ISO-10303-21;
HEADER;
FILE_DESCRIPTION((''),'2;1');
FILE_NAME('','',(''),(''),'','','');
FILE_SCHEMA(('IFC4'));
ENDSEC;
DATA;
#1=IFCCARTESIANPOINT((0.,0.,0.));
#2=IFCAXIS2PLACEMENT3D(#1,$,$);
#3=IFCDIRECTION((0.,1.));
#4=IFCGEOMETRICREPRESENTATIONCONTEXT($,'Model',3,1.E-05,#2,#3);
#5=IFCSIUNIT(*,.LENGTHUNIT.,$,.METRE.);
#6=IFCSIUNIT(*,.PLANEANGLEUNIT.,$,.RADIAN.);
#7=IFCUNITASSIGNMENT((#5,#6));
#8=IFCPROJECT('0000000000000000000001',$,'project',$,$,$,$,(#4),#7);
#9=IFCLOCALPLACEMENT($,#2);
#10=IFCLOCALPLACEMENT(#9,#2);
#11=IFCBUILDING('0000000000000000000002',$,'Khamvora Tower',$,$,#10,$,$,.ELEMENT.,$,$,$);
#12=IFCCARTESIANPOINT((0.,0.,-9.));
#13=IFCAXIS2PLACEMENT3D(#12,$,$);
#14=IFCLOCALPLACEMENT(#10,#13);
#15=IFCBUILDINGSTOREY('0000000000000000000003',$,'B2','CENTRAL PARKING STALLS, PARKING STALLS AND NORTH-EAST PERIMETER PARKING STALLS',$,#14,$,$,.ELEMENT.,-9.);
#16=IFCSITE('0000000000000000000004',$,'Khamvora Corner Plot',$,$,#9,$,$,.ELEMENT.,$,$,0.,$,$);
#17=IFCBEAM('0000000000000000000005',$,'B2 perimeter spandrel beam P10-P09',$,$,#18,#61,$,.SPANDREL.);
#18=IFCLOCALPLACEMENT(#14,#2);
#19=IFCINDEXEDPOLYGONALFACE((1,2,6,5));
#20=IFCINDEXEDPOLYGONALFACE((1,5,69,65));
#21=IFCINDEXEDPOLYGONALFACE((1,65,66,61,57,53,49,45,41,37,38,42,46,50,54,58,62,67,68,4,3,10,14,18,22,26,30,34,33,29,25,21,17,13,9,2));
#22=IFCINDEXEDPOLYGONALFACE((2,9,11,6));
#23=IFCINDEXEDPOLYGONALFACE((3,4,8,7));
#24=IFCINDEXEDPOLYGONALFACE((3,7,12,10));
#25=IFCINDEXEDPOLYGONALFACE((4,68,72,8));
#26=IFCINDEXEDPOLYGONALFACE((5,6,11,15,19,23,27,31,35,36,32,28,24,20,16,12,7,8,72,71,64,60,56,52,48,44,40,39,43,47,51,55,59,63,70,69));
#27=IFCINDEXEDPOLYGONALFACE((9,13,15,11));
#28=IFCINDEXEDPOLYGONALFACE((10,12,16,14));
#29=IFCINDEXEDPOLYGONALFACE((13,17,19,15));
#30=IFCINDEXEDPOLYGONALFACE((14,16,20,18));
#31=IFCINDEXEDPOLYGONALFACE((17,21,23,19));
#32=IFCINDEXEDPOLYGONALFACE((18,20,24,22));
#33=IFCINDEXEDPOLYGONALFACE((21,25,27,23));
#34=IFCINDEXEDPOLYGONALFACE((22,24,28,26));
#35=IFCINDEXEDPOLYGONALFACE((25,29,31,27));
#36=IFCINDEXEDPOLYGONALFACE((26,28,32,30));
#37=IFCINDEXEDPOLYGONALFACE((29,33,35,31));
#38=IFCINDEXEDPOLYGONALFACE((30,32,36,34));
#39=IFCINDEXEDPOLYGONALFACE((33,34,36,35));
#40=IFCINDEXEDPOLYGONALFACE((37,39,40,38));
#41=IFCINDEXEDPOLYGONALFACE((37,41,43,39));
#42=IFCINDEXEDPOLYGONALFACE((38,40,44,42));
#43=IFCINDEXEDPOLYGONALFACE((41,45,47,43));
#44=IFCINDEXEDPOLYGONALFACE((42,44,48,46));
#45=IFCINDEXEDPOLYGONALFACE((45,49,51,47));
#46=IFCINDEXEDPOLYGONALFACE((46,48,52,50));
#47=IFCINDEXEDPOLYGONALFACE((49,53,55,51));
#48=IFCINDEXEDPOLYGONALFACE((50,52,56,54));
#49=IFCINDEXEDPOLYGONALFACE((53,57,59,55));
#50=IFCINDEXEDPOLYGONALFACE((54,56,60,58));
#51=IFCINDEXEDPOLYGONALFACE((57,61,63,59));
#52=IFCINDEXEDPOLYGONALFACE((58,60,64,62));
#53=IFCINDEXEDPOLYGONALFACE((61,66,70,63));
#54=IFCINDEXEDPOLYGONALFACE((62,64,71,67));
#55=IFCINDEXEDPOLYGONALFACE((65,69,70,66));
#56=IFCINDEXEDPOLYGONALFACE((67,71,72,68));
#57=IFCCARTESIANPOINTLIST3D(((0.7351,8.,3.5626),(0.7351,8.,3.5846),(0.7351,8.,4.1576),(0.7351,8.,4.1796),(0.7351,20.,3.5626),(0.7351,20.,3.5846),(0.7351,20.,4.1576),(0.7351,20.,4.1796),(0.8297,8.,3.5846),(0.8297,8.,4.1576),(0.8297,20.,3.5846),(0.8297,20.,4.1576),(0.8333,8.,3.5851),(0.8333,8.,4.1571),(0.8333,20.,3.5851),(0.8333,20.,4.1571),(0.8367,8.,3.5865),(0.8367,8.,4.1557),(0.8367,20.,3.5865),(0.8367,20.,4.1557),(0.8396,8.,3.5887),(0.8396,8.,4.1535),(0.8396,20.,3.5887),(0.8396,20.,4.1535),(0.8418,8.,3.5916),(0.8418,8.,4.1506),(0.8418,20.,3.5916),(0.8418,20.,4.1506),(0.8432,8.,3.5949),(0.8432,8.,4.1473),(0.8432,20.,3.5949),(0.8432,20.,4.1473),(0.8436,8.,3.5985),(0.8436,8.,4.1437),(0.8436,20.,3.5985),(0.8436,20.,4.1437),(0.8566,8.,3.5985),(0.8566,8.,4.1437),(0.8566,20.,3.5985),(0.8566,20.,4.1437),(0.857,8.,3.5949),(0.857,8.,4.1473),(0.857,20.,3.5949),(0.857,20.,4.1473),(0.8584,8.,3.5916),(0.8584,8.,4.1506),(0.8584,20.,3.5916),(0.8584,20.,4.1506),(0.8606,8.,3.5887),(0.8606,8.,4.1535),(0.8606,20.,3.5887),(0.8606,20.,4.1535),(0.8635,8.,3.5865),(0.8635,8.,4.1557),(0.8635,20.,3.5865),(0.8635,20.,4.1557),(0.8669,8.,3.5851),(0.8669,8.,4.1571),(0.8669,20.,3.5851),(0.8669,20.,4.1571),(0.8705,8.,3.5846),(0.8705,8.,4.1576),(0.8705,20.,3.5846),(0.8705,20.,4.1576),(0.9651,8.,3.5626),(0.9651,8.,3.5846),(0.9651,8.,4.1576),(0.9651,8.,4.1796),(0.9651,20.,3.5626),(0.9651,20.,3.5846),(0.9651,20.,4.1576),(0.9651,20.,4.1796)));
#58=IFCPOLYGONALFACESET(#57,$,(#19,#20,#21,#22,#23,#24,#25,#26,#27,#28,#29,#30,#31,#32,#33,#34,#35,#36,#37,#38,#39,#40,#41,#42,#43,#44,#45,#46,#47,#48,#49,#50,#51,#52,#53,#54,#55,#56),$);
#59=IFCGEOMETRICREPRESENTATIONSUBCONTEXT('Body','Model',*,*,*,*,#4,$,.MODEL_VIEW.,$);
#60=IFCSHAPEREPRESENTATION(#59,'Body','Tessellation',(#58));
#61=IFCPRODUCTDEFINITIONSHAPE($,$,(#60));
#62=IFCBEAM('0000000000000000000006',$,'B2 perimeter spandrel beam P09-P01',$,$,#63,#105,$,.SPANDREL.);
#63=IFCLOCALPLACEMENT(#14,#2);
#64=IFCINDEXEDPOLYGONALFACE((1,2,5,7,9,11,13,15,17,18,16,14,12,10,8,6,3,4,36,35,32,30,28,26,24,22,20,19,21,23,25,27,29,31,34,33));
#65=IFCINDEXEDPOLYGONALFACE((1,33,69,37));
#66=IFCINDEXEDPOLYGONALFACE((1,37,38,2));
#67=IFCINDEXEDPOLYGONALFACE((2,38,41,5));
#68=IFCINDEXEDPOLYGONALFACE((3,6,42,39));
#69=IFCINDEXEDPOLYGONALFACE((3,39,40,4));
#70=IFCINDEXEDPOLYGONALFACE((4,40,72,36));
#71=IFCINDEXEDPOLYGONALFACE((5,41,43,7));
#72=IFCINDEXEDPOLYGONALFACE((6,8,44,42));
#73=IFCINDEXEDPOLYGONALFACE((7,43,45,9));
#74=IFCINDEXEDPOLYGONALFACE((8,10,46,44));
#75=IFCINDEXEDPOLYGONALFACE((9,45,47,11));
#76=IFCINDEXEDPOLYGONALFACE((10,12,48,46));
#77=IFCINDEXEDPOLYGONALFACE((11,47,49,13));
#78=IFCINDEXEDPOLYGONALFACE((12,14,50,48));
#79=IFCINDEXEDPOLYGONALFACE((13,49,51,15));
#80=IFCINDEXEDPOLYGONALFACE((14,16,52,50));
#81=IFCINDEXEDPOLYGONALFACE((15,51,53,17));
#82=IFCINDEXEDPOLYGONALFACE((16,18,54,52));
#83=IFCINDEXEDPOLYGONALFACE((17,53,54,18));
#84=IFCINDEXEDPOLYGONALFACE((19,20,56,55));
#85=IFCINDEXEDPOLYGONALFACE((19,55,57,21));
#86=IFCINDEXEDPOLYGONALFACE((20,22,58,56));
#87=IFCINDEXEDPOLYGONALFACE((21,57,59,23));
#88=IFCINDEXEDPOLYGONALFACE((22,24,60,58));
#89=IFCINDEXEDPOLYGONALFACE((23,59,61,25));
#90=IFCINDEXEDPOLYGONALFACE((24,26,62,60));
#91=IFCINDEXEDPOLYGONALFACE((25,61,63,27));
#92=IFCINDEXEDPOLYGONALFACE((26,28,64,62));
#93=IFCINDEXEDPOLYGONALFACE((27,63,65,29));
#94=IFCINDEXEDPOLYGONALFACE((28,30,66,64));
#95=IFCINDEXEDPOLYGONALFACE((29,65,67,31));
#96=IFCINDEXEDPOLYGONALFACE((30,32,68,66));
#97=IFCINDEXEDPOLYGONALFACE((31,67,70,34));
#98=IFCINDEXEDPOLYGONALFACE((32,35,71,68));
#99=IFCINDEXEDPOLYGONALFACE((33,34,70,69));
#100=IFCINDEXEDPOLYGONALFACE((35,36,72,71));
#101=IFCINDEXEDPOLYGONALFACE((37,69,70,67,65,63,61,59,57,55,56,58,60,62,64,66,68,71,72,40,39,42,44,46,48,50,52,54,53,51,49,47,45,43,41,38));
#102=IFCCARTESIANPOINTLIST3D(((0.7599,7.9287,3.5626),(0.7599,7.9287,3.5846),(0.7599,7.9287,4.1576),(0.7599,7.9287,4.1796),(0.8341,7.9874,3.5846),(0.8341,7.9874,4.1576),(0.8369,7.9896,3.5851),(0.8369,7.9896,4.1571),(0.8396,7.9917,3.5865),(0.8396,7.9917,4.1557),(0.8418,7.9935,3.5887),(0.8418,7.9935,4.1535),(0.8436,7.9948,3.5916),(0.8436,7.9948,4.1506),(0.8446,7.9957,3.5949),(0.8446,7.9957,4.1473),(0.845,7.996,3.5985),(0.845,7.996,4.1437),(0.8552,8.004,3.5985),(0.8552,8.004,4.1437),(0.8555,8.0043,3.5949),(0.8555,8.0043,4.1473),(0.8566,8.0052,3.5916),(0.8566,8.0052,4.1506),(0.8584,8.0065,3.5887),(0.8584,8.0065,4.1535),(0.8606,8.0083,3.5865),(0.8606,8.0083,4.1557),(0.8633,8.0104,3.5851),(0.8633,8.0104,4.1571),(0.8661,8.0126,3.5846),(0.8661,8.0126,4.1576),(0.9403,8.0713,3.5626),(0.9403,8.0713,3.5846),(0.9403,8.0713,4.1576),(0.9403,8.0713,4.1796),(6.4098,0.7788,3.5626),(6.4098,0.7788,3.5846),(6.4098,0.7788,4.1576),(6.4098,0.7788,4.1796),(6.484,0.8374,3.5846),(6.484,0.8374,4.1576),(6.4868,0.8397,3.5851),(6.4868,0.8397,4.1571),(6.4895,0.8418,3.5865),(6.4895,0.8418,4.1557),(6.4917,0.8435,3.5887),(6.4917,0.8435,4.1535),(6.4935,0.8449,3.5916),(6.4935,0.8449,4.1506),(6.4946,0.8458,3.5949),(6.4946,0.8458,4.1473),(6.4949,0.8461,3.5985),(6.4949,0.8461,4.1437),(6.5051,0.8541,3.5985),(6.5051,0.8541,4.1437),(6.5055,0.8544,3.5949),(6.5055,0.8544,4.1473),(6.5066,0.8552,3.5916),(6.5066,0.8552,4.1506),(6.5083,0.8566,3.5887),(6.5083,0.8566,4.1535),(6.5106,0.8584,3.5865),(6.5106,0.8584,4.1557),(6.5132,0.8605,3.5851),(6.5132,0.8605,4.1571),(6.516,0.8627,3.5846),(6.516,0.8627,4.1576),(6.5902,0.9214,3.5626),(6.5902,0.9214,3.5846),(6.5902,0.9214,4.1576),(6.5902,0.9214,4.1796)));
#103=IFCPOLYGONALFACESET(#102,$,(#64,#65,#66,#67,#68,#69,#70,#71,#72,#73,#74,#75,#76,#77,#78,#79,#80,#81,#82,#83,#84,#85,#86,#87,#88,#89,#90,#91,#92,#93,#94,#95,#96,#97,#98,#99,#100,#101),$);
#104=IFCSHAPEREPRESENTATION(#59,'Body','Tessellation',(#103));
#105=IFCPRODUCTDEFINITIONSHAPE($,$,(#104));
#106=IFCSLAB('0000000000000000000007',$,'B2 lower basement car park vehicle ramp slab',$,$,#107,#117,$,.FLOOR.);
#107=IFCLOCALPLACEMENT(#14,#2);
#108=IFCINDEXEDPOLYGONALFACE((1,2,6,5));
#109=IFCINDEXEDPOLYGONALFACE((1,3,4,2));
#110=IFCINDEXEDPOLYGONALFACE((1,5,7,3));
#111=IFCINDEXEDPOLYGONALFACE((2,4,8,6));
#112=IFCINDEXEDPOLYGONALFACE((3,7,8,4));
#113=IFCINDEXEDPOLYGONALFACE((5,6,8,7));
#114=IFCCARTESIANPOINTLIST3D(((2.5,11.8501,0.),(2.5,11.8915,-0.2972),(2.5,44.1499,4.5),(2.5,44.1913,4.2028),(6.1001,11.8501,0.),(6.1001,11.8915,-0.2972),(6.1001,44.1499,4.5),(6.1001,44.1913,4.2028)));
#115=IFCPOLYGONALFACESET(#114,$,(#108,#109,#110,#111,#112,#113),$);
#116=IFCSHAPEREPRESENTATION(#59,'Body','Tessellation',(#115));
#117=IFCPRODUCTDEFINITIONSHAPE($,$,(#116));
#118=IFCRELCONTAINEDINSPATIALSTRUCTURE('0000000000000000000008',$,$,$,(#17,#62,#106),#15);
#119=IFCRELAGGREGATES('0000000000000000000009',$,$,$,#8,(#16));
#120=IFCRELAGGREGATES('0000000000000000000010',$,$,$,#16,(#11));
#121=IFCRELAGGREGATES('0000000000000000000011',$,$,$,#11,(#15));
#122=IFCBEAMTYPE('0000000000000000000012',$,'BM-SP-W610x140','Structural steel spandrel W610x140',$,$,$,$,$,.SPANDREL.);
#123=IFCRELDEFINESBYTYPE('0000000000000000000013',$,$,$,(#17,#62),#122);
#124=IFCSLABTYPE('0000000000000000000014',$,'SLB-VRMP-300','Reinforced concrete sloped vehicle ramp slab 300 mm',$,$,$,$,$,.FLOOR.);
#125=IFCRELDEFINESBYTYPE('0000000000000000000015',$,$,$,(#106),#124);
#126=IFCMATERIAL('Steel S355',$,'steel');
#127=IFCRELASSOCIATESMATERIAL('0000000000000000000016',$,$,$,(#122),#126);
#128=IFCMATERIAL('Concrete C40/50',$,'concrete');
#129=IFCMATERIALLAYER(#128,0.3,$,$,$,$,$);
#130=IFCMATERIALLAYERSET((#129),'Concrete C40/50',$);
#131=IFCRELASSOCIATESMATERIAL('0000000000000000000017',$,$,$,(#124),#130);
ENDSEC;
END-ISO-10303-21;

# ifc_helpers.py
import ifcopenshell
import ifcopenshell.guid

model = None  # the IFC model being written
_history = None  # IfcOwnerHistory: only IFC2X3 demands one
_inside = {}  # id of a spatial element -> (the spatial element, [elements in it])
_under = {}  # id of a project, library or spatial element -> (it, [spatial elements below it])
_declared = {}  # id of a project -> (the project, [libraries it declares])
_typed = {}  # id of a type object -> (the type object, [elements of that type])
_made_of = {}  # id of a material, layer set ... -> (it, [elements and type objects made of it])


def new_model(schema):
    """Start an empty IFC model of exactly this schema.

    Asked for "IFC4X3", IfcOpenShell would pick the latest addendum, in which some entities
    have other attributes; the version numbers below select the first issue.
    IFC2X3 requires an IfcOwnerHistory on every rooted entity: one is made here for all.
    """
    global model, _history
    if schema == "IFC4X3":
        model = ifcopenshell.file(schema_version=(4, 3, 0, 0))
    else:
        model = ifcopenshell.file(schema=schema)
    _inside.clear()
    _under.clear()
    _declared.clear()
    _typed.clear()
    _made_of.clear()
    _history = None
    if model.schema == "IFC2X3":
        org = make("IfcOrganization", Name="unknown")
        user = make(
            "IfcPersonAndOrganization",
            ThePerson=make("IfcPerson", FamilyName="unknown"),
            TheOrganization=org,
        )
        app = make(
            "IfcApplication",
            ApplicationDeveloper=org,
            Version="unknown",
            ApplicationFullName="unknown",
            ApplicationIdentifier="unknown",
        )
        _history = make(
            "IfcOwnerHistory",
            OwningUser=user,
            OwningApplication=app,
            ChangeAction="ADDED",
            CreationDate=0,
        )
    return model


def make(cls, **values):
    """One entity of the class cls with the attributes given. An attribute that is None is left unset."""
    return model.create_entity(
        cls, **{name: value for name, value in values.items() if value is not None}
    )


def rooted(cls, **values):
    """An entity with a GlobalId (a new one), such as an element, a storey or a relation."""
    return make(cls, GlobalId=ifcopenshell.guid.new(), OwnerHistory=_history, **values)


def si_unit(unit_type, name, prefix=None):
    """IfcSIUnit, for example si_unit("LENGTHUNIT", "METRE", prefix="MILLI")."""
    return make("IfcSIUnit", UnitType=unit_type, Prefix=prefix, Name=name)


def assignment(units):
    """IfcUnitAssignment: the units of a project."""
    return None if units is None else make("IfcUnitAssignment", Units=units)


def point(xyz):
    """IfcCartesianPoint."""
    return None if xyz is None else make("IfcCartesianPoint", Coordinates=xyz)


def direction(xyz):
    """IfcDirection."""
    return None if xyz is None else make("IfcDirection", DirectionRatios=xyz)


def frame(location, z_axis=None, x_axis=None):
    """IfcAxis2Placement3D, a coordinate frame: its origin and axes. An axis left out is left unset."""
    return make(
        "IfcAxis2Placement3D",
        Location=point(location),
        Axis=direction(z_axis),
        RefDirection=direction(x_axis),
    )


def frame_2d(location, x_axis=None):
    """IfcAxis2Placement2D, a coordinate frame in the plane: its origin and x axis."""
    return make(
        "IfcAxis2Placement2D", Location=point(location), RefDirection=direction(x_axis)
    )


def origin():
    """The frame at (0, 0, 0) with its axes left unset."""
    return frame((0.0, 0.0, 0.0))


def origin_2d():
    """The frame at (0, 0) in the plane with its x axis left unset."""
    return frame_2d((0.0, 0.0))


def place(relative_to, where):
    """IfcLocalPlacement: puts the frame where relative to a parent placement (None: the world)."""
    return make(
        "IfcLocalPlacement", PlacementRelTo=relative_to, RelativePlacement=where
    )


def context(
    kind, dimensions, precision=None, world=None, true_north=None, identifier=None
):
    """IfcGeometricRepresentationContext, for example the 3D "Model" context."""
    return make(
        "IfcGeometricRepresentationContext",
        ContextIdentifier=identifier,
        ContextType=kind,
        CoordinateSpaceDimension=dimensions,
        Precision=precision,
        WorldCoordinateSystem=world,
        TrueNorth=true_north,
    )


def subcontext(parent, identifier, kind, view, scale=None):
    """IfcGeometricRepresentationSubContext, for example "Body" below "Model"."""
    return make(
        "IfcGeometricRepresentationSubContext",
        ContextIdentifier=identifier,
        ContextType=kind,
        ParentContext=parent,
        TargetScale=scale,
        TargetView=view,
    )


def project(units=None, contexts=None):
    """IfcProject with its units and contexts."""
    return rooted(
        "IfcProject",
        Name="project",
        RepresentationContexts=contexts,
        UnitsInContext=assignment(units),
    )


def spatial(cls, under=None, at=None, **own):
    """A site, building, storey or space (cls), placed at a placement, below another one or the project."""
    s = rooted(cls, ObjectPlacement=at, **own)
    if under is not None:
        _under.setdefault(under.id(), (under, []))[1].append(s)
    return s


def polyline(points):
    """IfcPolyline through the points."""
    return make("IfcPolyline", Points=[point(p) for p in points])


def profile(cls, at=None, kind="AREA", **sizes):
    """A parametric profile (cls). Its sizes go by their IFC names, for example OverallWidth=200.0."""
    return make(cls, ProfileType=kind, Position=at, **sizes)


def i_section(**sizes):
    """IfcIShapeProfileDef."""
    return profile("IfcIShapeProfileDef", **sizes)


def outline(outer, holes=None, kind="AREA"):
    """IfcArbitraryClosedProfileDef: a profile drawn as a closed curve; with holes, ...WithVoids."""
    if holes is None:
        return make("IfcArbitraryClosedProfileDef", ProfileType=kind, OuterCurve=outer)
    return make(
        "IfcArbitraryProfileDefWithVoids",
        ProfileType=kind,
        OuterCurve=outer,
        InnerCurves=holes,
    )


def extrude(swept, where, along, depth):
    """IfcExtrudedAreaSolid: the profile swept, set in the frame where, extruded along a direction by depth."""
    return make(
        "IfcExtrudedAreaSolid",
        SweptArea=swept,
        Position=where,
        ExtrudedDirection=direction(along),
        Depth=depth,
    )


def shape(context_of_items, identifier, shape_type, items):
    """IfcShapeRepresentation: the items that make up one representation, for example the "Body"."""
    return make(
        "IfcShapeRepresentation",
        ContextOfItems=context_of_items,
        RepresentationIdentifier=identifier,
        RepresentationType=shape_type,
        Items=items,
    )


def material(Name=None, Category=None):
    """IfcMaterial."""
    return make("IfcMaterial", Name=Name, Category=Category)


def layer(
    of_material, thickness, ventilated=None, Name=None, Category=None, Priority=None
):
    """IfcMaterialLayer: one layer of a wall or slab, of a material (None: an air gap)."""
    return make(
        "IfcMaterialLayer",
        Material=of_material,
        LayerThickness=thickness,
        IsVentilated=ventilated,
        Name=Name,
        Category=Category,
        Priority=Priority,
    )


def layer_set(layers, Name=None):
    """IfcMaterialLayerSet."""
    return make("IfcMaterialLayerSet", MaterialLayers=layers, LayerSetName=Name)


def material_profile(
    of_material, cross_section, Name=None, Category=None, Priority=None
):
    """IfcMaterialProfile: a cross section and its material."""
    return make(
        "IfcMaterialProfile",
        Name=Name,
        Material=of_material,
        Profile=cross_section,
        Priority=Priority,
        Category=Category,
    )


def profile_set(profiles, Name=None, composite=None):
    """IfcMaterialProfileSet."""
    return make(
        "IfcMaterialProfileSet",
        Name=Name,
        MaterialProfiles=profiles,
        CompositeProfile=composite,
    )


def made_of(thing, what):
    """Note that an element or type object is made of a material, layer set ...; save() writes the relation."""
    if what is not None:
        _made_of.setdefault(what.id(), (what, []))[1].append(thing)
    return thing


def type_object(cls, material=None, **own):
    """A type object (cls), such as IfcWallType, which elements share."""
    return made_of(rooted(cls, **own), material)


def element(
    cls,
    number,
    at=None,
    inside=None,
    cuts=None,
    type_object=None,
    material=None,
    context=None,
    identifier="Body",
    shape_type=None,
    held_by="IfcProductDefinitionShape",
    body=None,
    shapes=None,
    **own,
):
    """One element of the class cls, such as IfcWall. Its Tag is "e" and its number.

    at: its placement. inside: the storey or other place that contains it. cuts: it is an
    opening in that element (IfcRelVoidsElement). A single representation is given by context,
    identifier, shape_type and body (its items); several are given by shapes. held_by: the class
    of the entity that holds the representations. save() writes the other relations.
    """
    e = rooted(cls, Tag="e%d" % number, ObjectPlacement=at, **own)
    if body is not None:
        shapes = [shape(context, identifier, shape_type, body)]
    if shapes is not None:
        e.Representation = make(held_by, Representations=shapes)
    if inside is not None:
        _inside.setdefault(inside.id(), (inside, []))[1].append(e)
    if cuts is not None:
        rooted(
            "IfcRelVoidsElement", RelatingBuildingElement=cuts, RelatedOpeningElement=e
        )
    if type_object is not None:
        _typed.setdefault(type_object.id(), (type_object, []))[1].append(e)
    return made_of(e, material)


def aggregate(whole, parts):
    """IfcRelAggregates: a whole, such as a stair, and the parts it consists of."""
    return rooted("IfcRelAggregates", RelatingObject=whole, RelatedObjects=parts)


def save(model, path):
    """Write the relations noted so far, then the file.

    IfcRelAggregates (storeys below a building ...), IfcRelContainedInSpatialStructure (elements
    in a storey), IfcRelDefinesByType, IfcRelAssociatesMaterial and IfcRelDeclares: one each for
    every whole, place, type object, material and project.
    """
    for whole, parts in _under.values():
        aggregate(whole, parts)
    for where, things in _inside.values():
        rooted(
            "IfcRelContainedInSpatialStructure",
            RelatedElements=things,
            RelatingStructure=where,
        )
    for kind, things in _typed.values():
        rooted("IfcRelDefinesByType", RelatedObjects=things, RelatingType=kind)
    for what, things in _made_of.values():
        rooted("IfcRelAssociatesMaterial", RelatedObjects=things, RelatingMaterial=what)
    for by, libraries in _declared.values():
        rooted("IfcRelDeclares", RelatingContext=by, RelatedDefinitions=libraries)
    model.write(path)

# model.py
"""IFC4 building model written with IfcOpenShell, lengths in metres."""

from ifc_helpers import new_model, si_unit, direction, frame, origin, origin_2d, place, context, subcontext, project, spatial, polyline, i_section, outline, extrude, material, layer, layer_set, material_profile, profile_set, type_object, element, save


model = new_model("IFC4")

# Units and contexts
model_context = context("Model", 3, precision=1e-05, world=origin(), true_north=direction((0.0, 1.0)))
body_context = subcontext(model_context, "Body", "Model", "MODEL_VIEW")
ifc_project = project(units=[si_unit("LENGTHUNIT", "METRE"), si_unit("PLANEANGLEUNIT", "RADIAN")], contexts=[model_context])

# Site, building, storey
site_placement = place(None, origin())
site = spatial("IfcSite", under=ifc_project, at=site_placement, Name="Khamvora Corner Plot", CompositionType="ELEMENT", RefElevation=0.0)
building_placement = place(site_placement, origin())
building = spatial("IfcBuilding", under=site, at=building_placement, Name="Khamvora Tower", CompositionType="ELEMENT")
storey_placement = place(building_placement, frame((0.0, 0.0, -9.0)))
storey = spatial("IfcBuildingStorey", under=building, at=storey_placement, Name="B2", Description="CENTRAL PARKING STALLS, PARKING STALLS AND NORTH-EAST PERIMETER PARKING STALLS", CompositionType="ELEMENT", Elevation=-9.0)

# Shared definitions
ifc_material_1 = material(Name="Concrete C40/50", Category="concrete")

# Beams
ifc_material_2 = material(Name="Steel S355", Category="steel")
ifc_material_profile_1 = material_profile(ifc_material_2, i_section(OverallWidth=0.23, OverallDepth=0.6169, WebThickness=0.0129, FlangeThickness=0.022, FilletRadius=0.0139, at=origin_2d()), Name="W610x140")
ifc_profile_set_1 = profile_set([ifc_material_profile_1], Name="Steel S355")
beam_type_1 = type_object("IfcBeamType", Name="BM-SP-W610x140", Description="Structural steel spandrel W610x140", PredefinedType="SPANDREL", material=ifc_profile_set_1)
beam_1_placement = place(storey_placement, frame((0.8501, 20.0, 3.8711), z_axis=(0.0, -1.0, 0.0), x_axis=(1.0, 0.0, 0.0)))
element("IfcBeam", 1, at=beam_1_placement, inside=storey, type_object=beam_type_1, Name="B2 perimeter spandrel beam P10-P09", PredefinedType="SPANDREL", context=body_context, shape_type="SweptSolid", body=[
    extrude(i_section(OverallWidth=0.23, OverallDepth=0.6169, WebThickness=0.0129, FlangeThickness=0.022, FilletRadius=0.0139, at=origin_2d()), origin(), (0.0, 0.0, 1.0), 12.0),
])
beam_2_placement = place(storey_placement, frame((0.8501, 8.0, 3.8711), z_axis=(0.619999, -0.784603, 0.0), x_axis=(0.784603, 0.619999, 0.0)))
element("IfcBeam", 2, at=beam_2_placement, inside=storey, type_object=beam_type_1, Name="B2 perimeter spandrel beam P09-P01", PredefinedType="SPANDREL", context=body_context, shape_type="SweptSolid", body=[
    extrude(i_section(OverallWidth=0.23, OverallDepth=0.6169, WebThickness=0.0129, FlangeThickness=0.022, FilletRadius=0.0139, at=origin_2d()), origin(), (0.0, 0.0, 1.0), 9.1128),
])

# Slab
ifc_layer = layer(ifc_material_1, 0.3)
ifc_layer_set = layer_set([ifc_layer], Name="Concrete C40/50")
slab_type = type_object("IfcSlabType", Name="SLB-VRMP-300", Description="Reinforced concrete sloped vehicle ramp slab 300 mm", PredefinedType="FLOOR", material=ifc_layer_set)
slab_placement = place(storey_placement, frame((6.1001, 11.8501, 0.0), z_axis=(0.0, -0.137987, 0.990434), x_axis=(0.0, 0.990434, 0.137987)))
element("IfcSlab", 3, at=slab_placement, inside=storey, type_object=slab_type, Name="B2 lower basement car park vehicle ramp slab", PredefinedType="FLOOR", context=body_context, shape_type="SweptSolid", body=[
    extrude(outline(polyline([(0.0, 0.0), (32.6118, 0.0), (32.6118, 3.6001), (0.0, 3.6001), (0.0, 0.0)])), origin(), (0.0, 0.0, -1.0), 0.3),
])

save(model, "model.ifc")
